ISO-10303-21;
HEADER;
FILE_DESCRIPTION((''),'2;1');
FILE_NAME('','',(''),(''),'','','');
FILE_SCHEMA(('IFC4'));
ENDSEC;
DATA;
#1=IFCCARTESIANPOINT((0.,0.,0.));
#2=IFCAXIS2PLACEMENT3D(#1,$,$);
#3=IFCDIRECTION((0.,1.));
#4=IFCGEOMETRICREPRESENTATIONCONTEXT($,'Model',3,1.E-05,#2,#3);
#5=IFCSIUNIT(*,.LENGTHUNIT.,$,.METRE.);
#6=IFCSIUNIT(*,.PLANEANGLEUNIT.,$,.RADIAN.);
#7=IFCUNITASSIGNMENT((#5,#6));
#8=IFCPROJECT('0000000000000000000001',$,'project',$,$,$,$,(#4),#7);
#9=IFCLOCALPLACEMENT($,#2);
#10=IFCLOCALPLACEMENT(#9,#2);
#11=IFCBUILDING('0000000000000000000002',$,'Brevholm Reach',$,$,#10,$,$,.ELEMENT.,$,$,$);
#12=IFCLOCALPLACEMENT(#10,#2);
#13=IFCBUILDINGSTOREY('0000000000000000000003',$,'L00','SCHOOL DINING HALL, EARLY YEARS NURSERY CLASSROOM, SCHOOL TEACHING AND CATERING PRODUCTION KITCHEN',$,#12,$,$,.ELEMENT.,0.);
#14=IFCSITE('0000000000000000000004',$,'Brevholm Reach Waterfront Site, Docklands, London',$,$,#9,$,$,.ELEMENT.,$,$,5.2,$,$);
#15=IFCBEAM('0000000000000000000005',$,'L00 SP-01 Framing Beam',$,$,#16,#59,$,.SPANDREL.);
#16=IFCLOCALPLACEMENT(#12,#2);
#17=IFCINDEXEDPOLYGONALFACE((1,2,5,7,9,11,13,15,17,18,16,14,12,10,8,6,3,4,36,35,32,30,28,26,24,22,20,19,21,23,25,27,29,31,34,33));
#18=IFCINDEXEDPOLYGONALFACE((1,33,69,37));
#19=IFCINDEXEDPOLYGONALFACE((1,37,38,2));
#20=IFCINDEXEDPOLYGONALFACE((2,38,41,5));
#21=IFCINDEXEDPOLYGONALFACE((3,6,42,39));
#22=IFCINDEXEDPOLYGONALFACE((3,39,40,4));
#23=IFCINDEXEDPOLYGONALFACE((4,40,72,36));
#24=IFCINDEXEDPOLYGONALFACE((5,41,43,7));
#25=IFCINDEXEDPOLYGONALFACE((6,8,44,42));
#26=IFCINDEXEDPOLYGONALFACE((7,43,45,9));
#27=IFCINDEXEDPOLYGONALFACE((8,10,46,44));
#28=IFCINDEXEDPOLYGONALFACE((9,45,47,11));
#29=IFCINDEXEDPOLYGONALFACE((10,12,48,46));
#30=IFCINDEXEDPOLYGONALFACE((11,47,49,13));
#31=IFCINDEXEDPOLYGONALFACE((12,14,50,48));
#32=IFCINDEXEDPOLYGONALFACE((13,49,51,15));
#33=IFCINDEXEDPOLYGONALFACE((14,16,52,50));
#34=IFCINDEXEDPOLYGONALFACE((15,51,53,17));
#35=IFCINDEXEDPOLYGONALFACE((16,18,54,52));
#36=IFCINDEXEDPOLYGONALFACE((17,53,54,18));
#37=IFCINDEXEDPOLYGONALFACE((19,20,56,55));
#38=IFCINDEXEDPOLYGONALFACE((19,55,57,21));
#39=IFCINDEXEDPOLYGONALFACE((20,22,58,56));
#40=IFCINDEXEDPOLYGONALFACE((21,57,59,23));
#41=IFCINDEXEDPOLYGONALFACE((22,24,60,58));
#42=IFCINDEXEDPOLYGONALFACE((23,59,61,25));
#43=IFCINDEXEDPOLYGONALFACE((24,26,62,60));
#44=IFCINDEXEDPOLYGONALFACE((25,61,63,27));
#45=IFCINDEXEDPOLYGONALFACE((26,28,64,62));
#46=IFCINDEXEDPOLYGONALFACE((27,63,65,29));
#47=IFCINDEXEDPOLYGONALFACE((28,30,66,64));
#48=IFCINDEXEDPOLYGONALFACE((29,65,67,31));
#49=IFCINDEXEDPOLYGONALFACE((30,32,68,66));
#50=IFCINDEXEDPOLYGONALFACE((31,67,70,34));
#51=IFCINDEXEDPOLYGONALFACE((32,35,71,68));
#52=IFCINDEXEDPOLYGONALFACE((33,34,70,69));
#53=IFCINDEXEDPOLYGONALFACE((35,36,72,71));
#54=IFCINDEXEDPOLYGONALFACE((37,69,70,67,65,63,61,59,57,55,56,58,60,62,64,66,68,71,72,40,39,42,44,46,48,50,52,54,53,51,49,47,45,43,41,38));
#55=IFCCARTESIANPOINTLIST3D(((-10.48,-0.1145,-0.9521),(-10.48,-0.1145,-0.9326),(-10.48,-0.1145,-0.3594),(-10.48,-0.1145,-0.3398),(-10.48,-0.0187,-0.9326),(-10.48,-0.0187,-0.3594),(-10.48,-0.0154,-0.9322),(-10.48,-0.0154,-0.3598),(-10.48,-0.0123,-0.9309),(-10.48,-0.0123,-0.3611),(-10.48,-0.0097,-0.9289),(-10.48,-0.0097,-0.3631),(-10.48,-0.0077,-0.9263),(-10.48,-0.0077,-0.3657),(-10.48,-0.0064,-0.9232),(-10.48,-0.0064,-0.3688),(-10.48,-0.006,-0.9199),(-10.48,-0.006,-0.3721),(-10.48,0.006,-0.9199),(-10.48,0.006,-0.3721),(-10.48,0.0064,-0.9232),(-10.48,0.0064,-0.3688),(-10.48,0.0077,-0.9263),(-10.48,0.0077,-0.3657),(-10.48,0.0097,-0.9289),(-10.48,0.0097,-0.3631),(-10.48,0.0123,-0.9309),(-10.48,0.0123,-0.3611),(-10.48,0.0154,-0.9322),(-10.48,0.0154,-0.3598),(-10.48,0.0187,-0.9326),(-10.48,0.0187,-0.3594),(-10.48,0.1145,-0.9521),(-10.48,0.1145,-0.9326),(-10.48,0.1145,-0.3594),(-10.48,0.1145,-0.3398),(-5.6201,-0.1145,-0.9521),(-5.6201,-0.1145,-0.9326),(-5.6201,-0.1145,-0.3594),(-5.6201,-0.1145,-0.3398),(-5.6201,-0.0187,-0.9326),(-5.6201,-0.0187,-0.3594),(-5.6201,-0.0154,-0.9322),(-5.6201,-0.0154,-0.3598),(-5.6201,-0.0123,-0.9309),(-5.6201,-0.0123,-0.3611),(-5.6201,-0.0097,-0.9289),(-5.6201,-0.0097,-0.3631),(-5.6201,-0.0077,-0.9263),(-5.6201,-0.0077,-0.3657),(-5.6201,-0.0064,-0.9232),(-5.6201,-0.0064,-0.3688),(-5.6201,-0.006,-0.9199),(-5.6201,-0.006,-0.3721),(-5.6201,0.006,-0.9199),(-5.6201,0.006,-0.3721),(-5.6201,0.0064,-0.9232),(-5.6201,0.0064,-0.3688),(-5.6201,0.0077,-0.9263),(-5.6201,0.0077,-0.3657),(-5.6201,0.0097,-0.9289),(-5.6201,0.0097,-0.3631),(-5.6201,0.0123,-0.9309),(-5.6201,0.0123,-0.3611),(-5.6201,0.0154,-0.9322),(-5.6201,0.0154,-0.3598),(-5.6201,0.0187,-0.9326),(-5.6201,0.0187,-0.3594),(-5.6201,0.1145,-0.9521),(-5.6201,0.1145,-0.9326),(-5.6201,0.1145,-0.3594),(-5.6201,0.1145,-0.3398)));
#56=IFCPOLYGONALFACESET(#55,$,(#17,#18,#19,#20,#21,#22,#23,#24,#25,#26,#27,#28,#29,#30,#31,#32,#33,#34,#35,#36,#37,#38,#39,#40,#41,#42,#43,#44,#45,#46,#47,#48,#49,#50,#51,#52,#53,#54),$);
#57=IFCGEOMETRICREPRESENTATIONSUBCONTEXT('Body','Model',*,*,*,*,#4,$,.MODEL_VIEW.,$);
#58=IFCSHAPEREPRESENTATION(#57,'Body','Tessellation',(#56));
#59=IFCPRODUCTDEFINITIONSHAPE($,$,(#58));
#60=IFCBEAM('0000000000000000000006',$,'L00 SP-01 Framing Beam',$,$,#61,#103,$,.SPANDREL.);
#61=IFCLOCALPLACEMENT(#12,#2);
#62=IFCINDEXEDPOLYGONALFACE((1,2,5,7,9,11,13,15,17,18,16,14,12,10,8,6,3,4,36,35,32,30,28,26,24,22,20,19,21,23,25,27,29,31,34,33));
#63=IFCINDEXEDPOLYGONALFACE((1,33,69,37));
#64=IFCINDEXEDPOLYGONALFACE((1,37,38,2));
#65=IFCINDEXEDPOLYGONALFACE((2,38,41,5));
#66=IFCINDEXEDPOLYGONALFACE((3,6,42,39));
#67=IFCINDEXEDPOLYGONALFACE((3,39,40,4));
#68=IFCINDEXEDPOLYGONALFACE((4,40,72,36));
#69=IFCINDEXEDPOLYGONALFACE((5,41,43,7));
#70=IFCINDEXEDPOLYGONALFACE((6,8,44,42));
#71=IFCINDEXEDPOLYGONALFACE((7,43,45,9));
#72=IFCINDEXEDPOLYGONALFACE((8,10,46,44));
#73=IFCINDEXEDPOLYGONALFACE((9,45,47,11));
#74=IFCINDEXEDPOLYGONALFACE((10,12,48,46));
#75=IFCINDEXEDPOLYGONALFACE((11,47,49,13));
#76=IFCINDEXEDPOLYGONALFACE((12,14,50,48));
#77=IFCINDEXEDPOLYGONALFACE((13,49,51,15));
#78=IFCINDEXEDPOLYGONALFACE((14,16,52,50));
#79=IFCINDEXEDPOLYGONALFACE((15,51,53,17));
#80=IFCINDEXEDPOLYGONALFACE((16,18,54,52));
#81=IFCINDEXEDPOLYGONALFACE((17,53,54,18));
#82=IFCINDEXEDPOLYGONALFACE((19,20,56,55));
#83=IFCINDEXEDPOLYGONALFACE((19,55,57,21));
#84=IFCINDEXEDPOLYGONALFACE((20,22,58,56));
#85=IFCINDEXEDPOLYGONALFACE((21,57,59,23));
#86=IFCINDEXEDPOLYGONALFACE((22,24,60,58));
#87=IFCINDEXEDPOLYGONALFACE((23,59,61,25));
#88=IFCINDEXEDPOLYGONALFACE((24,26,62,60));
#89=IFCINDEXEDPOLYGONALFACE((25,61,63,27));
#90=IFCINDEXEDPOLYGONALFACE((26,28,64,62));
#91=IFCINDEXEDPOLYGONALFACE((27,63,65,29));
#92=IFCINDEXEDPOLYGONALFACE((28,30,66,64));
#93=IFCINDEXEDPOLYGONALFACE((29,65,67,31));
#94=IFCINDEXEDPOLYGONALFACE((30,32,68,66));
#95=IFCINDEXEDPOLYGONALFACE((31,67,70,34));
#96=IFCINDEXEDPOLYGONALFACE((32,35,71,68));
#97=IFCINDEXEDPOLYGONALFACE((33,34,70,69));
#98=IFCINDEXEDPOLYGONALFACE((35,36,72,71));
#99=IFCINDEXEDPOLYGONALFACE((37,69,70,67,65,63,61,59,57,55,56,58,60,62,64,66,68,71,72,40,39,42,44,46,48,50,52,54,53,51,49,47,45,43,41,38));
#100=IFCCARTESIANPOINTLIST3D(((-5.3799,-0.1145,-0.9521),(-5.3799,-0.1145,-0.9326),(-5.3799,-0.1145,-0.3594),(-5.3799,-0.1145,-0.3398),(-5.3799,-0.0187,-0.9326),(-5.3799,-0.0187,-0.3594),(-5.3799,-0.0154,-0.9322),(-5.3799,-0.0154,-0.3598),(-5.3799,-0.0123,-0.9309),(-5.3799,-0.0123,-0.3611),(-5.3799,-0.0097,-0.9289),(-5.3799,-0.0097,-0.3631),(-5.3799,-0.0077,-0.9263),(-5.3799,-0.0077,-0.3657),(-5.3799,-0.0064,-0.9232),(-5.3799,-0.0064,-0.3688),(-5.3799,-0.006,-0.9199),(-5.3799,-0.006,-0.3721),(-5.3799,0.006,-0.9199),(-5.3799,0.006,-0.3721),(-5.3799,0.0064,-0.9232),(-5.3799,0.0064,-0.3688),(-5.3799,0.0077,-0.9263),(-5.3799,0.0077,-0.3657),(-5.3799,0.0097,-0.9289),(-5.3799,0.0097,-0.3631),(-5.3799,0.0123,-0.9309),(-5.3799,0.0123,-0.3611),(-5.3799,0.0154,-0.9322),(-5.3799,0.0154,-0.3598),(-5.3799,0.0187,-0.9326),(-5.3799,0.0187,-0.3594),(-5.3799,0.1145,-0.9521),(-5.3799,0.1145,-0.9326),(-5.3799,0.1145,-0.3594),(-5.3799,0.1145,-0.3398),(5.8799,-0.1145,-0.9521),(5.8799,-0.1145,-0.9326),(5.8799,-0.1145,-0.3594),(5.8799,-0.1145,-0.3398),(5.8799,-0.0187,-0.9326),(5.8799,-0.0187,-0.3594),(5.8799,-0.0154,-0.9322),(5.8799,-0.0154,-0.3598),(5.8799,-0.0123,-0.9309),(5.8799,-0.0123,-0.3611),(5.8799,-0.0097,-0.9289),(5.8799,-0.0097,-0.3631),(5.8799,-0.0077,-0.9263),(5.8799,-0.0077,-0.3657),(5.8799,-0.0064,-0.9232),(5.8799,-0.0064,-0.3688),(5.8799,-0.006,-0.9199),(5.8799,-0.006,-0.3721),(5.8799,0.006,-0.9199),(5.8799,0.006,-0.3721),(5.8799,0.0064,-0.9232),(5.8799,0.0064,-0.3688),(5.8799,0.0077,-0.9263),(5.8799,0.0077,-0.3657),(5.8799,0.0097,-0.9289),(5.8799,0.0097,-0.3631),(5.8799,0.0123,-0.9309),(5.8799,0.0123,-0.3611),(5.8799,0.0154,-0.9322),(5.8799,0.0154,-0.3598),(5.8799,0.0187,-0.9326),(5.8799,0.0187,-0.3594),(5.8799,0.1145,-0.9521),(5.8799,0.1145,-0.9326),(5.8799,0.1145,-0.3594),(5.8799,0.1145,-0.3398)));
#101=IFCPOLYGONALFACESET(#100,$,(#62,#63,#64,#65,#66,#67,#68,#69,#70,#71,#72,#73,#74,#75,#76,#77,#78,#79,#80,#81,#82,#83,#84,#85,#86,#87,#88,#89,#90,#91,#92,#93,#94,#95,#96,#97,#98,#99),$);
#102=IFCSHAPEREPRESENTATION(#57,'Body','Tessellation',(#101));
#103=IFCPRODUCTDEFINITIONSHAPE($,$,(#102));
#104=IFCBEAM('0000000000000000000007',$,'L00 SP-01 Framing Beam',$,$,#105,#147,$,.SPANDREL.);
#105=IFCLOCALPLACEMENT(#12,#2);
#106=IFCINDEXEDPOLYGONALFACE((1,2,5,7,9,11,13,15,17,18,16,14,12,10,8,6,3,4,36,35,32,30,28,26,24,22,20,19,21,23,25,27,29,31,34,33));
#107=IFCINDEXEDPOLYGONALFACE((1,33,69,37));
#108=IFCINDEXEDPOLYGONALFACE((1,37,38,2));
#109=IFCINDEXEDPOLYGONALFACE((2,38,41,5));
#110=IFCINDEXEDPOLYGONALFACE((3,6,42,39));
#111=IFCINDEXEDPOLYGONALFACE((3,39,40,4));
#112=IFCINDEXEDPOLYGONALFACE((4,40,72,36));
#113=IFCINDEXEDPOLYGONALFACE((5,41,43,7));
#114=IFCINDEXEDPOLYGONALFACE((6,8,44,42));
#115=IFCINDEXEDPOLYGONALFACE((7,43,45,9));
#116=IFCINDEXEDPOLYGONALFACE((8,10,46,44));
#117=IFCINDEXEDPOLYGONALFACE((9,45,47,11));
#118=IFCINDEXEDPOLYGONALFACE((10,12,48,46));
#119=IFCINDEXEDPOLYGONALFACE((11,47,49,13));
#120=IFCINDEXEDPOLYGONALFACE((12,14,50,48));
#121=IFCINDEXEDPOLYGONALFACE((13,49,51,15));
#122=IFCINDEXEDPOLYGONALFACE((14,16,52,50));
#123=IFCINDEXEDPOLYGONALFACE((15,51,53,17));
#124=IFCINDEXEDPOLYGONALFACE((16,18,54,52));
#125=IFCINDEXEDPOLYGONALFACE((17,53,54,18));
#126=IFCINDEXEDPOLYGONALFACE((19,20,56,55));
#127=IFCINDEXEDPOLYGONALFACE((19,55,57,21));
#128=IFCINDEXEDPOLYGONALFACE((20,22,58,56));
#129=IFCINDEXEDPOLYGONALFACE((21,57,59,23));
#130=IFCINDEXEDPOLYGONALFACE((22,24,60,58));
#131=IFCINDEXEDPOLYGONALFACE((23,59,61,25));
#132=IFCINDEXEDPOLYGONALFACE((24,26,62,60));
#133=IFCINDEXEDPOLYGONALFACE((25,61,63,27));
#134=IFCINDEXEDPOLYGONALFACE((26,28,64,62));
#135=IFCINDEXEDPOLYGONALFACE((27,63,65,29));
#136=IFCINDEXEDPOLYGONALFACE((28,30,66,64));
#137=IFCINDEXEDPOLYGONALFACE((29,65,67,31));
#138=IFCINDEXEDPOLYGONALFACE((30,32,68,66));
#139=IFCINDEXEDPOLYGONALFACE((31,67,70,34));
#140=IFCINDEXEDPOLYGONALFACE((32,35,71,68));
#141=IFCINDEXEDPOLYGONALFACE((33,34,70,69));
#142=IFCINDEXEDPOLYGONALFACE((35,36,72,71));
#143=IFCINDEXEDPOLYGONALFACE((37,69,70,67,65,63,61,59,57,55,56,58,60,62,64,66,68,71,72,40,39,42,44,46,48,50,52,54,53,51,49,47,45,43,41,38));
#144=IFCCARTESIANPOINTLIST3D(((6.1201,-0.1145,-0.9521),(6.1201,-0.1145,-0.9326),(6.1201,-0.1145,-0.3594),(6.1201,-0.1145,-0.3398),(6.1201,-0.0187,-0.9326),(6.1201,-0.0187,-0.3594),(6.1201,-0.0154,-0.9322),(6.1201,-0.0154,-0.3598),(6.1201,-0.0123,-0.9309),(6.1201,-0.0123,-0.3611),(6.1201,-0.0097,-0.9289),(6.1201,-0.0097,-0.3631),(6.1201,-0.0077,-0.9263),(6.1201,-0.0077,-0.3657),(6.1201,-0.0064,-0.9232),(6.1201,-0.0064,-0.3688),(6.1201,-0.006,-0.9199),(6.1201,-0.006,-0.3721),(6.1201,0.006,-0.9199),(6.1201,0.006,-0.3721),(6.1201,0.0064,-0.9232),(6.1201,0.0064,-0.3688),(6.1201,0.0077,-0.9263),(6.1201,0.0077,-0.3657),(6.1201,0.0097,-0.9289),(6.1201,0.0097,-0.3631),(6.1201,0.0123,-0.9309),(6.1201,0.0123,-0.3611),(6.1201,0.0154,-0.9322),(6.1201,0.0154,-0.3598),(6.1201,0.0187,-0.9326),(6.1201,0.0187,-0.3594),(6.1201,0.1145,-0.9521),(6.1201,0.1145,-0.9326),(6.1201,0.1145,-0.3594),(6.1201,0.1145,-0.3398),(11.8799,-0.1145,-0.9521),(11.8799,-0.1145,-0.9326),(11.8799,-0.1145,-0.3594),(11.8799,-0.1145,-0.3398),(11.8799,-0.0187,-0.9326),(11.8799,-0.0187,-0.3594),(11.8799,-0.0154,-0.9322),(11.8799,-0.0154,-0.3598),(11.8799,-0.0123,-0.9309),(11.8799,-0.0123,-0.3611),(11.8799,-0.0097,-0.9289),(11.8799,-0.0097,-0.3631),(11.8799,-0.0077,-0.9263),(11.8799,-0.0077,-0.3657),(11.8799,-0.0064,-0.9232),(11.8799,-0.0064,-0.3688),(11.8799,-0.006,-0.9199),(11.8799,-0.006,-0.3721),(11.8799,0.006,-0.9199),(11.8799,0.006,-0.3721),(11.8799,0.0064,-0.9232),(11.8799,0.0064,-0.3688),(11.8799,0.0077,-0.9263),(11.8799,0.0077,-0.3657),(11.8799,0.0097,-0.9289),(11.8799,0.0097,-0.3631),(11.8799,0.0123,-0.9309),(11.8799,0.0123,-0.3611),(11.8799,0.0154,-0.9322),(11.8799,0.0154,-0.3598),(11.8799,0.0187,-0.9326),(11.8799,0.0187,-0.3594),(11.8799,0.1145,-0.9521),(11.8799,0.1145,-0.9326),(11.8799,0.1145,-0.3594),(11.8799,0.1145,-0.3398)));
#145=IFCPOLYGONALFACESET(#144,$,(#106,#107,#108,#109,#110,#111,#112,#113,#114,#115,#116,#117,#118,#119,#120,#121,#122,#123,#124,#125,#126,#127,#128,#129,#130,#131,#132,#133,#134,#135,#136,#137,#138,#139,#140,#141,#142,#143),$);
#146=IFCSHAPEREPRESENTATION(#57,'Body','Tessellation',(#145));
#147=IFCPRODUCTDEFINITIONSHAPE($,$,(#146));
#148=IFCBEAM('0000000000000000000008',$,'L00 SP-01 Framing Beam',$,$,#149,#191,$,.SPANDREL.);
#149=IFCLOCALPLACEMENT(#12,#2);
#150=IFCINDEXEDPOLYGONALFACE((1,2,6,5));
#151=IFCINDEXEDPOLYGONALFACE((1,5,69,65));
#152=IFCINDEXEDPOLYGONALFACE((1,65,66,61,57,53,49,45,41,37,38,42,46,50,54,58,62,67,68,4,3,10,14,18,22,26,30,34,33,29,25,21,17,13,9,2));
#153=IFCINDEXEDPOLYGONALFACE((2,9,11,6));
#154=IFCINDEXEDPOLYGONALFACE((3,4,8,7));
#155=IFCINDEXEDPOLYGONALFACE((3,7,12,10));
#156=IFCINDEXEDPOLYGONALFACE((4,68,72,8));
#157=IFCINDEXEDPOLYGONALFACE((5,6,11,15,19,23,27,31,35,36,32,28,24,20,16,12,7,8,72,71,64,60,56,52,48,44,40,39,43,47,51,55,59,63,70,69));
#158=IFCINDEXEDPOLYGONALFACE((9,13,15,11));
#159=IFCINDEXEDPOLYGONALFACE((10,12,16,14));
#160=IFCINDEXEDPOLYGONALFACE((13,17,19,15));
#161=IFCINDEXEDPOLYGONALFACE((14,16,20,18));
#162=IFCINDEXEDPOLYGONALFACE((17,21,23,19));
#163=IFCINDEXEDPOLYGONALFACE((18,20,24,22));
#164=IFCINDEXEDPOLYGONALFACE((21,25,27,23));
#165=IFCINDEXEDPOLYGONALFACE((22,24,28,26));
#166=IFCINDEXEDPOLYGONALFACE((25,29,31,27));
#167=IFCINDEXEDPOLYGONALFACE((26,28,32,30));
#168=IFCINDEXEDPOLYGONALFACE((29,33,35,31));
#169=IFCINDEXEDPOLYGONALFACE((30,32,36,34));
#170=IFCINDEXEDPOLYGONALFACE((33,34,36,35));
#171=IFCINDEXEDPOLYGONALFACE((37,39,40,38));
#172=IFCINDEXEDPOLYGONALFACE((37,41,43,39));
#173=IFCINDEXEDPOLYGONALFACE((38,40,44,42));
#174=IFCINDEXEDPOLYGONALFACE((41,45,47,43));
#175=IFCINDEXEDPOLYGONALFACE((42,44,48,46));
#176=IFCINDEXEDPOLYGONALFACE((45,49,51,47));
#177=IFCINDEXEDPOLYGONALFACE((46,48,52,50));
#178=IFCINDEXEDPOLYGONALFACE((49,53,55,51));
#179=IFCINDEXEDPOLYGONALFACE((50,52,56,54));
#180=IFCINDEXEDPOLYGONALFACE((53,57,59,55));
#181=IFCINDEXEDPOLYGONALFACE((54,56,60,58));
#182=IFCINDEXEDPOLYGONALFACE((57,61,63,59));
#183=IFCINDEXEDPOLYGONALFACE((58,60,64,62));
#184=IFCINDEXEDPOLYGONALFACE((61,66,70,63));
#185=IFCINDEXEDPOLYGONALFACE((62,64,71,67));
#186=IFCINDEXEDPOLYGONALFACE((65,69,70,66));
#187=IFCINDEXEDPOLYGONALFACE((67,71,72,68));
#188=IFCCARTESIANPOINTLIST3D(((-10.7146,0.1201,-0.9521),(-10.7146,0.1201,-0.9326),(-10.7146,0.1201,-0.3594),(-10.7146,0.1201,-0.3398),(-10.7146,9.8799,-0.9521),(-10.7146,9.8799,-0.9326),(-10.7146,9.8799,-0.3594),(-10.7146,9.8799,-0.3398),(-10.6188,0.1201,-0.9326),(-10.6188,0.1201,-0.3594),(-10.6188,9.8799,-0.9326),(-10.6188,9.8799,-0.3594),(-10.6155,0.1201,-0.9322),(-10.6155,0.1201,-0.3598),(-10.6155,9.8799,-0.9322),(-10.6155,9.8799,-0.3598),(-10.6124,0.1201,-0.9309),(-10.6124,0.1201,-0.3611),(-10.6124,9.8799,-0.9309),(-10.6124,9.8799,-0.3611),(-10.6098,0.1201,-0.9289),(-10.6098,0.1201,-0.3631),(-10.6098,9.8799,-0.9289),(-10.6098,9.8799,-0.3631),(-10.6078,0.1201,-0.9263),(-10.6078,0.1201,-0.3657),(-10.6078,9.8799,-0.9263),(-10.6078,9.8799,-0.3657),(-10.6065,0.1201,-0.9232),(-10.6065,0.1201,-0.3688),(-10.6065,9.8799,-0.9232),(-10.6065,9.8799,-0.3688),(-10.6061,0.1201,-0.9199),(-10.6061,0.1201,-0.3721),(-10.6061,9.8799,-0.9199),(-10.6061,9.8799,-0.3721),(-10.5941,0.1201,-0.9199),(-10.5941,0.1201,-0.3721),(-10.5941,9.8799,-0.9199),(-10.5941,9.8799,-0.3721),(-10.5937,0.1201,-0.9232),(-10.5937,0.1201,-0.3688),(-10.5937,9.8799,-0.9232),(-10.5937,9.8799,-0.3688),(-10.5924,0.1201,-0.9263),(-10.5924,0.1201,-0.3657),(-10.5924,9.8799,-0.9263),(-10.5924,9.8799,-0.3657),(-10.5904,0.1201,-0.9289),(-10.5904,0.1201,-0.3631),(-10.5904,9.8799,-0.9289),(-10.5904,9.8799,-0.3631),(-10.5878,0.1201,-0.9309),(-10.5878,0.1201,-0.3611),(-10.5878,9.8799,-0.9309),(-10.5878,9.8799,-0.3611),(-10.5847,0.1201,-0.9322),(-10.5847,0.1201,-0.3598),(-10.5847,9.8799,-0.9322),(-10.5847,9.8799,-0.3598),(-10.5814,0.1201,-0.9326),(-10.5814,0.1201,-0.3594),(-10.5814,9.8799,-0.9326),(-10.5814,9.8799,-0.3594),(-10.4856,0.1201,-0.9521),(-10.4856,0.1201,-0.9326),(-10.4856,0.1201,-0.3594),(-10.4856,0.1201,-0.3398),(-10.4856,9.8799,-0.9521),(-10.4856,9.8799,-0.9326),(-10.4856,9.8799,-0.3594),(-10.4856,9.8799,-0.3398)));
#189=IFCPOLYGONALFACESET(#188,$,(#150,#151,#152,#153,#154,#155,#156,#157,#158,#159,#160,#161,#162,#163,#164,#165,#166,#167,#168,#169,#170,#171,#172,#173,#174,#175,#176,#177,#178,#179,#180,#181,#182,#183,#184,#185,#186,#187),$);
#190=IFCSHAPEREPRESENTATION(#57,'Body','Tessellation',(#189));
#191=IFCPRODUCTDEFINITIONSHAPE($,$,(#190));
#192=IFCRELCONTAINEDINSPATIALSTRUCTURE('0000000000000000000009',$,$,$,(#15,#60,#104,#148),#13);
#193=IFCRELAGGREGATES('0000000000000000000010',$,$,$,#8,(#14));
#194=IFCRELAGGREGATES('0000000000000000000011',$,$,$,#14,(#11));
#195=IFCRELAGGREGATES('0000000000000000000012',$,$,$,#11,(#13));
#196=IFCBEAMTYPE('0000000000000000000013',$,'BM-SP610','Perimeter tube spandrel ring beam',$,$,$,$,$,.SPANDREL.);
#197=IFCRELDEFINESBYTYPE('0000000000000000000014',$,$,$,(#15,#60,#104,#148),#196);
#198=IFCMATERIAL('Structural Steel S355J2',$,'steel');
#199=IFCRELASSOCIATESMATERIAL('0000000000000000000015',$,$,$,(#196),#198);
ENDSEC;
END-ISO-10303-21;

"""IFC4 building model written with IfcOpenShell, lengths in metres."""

from ifc_helpers import new_model, si_unit, direction, frame, origin, origin_2d, place, context, subcontext, project, spatial, i_section, extrude, material, material_profile, profile_set, type_object, element, save


model = new_model("IFC4")

# Units and contexts
model_context = context("Model", 3, precision=1e-05, world=origin(), true_north=direction((0.0, 1.0)))
body_context = subcontext(model_context, "Body", "Model", "MODEL_VIEW")
ifc_project = project(units=[si_unit("LENGTHUNIT", "METRE"), si_unit("PLANEANGLEUNIT", "RADIAN")], contexts=[model_context])

# Site, building, storey
site_placement = place(None, origin())
site = spatial("IfcSite", under=ifc_project, at=site_placement, Name="Brevholm Reach Waterfront Site, Docklands, London", CompositionType="ELEMENT", RefElevation=5.2)
building_placement = place(site_placement, origin())
building = spatial("IfcBuilding", under=site, at=building_placement, Name="Brevholm Reach", CompositionType="ELEMENT")
storey_placement = place(building_placement, origin())
storey = spatial("IfcBuildingStorey", under=building, at=storey_placement, Name="L00", Description="SCHOOL DINING HALL, EARLY YEARS NURSERY CLASSROOM, SCHOOL TEACHING AND CATERING PRODUCTION KITCHEN", CompositionType="ELEMENT", Elevation=0.0)

# Beams
ifc_material_1 = material(Name="Structural Steel S355J2", Category="steel")
ifc_material_profile_1 = material_profile(ifc_material_1, i_section(OverallWidth=0.229, OverallDepth=0.6123, WebThickness=0.012, FlangeThickness=0.0195, FilletRadius=0.0127, at=origin_2d()), Name="UKB 610x229x125")
ifc_profile_set_1 = profile_set([ifc_material_profile_1], Name="Structural Steel S355J2")
beam_type_1 = type_object("IfcBeamType", Name="BM-SP610", Description="Perimeter tube spandrel ring beam", PredefinedType="SPANDREL", material=ifc_profile_set_1)
beam_1_placement = place(storey_placement, frame((-10.48, 0.0, -0.646), z_axis=(1.0, 0.0, 0.0), x_axis=(0.0, 1.0, 0.0)))
element("IfcBeam", 1, at=beam_1_placement, inside=storey, type_object=beam_type_1, Name="L00 SP-01 Framing Beam", PredefinedType="SPANDREL", context=body_context, shape_type="SweptSolid", body=[
    extrude(i_section(OverallWidth=0.229, OverallDepth=0.6123, WebThickness=0.012, FlangeThickness=0.0195, FilletRadius=0.0127, at=origin_2d()), origin(), (0.0, 0.0, 1.0), 4.8599),
])
beam_2_placement = place(storey_placement, frame((-5.3799, 0.0, -0.646), z_axis=(1.0, 0.0, 0.0), x_axis=(0.0, 1.0, 0.0)))
element("IfcBeam", 2, at=beam_2_placement, inside=storey, type_object=beam_type_1, Name="L00 SP-01 Framing Beam", PredefinedType="SPANDREL", context=body_context, shape_type="SweptSolid", body=[
    extrude(i_section(OverallWidth=0.229, OverallDepth=0.6123, WebThickness=0.012, FlangeThickness=0.0195, FilletRadius=0.0127, at=origin_2d()), origin(), (0.0, 0.0, 1.0), 11.2598),
])
beam_3_placement = place(storey_placement, frame((6.1201, 0.0, -0.646), z_axis=(1.0, 0.0, 0.0), x_axis=(0.0, 1.0, 0.0)))
element("IfcBeam", 3, at=beam_3_placement, inside=storey, type_object=beam_type_1, Name="L00 SP-01 Framing Beam", PredefinedType="SPANDREL", context=body_context, shape_type="SweptSolid", body=[
    extrude(i_section(OverallWidth=0.229, OverallDepth=0.6123, WebThickness=0.012, FlangeThickness=0.0195, FilletRadius=0.0127, at=origin_2d()), origin(), (0.0, 0.0, 1.0), 5.7598),
])
beam_4_placement = place(storey_placement, frame((-10.6001, 0.1201, -0.646), z_axis=(0.0, 1.0, 0.0), x_axis=(-1.0, 0.0, 0.0)))
element("IfcBeam", 4, at=beam_4_placement, inside=storey, type_object=beam_type_1, Name="L00 SP-01 Framing Beam", PredefinedType="SPANDREL", context=body_context, shape_type="SweptSolid", body=[
    extrude(i_section(OverallWidth=0.229, OverallDepth=0.6123, WebThickness=0.012, FlangeThickness=0.0195, FilletRadius=0.0127, at=origin_2d()), origin(), (0.0, 0.0, 1.0), 9.7598),
])

save(model, "model.ifc")
